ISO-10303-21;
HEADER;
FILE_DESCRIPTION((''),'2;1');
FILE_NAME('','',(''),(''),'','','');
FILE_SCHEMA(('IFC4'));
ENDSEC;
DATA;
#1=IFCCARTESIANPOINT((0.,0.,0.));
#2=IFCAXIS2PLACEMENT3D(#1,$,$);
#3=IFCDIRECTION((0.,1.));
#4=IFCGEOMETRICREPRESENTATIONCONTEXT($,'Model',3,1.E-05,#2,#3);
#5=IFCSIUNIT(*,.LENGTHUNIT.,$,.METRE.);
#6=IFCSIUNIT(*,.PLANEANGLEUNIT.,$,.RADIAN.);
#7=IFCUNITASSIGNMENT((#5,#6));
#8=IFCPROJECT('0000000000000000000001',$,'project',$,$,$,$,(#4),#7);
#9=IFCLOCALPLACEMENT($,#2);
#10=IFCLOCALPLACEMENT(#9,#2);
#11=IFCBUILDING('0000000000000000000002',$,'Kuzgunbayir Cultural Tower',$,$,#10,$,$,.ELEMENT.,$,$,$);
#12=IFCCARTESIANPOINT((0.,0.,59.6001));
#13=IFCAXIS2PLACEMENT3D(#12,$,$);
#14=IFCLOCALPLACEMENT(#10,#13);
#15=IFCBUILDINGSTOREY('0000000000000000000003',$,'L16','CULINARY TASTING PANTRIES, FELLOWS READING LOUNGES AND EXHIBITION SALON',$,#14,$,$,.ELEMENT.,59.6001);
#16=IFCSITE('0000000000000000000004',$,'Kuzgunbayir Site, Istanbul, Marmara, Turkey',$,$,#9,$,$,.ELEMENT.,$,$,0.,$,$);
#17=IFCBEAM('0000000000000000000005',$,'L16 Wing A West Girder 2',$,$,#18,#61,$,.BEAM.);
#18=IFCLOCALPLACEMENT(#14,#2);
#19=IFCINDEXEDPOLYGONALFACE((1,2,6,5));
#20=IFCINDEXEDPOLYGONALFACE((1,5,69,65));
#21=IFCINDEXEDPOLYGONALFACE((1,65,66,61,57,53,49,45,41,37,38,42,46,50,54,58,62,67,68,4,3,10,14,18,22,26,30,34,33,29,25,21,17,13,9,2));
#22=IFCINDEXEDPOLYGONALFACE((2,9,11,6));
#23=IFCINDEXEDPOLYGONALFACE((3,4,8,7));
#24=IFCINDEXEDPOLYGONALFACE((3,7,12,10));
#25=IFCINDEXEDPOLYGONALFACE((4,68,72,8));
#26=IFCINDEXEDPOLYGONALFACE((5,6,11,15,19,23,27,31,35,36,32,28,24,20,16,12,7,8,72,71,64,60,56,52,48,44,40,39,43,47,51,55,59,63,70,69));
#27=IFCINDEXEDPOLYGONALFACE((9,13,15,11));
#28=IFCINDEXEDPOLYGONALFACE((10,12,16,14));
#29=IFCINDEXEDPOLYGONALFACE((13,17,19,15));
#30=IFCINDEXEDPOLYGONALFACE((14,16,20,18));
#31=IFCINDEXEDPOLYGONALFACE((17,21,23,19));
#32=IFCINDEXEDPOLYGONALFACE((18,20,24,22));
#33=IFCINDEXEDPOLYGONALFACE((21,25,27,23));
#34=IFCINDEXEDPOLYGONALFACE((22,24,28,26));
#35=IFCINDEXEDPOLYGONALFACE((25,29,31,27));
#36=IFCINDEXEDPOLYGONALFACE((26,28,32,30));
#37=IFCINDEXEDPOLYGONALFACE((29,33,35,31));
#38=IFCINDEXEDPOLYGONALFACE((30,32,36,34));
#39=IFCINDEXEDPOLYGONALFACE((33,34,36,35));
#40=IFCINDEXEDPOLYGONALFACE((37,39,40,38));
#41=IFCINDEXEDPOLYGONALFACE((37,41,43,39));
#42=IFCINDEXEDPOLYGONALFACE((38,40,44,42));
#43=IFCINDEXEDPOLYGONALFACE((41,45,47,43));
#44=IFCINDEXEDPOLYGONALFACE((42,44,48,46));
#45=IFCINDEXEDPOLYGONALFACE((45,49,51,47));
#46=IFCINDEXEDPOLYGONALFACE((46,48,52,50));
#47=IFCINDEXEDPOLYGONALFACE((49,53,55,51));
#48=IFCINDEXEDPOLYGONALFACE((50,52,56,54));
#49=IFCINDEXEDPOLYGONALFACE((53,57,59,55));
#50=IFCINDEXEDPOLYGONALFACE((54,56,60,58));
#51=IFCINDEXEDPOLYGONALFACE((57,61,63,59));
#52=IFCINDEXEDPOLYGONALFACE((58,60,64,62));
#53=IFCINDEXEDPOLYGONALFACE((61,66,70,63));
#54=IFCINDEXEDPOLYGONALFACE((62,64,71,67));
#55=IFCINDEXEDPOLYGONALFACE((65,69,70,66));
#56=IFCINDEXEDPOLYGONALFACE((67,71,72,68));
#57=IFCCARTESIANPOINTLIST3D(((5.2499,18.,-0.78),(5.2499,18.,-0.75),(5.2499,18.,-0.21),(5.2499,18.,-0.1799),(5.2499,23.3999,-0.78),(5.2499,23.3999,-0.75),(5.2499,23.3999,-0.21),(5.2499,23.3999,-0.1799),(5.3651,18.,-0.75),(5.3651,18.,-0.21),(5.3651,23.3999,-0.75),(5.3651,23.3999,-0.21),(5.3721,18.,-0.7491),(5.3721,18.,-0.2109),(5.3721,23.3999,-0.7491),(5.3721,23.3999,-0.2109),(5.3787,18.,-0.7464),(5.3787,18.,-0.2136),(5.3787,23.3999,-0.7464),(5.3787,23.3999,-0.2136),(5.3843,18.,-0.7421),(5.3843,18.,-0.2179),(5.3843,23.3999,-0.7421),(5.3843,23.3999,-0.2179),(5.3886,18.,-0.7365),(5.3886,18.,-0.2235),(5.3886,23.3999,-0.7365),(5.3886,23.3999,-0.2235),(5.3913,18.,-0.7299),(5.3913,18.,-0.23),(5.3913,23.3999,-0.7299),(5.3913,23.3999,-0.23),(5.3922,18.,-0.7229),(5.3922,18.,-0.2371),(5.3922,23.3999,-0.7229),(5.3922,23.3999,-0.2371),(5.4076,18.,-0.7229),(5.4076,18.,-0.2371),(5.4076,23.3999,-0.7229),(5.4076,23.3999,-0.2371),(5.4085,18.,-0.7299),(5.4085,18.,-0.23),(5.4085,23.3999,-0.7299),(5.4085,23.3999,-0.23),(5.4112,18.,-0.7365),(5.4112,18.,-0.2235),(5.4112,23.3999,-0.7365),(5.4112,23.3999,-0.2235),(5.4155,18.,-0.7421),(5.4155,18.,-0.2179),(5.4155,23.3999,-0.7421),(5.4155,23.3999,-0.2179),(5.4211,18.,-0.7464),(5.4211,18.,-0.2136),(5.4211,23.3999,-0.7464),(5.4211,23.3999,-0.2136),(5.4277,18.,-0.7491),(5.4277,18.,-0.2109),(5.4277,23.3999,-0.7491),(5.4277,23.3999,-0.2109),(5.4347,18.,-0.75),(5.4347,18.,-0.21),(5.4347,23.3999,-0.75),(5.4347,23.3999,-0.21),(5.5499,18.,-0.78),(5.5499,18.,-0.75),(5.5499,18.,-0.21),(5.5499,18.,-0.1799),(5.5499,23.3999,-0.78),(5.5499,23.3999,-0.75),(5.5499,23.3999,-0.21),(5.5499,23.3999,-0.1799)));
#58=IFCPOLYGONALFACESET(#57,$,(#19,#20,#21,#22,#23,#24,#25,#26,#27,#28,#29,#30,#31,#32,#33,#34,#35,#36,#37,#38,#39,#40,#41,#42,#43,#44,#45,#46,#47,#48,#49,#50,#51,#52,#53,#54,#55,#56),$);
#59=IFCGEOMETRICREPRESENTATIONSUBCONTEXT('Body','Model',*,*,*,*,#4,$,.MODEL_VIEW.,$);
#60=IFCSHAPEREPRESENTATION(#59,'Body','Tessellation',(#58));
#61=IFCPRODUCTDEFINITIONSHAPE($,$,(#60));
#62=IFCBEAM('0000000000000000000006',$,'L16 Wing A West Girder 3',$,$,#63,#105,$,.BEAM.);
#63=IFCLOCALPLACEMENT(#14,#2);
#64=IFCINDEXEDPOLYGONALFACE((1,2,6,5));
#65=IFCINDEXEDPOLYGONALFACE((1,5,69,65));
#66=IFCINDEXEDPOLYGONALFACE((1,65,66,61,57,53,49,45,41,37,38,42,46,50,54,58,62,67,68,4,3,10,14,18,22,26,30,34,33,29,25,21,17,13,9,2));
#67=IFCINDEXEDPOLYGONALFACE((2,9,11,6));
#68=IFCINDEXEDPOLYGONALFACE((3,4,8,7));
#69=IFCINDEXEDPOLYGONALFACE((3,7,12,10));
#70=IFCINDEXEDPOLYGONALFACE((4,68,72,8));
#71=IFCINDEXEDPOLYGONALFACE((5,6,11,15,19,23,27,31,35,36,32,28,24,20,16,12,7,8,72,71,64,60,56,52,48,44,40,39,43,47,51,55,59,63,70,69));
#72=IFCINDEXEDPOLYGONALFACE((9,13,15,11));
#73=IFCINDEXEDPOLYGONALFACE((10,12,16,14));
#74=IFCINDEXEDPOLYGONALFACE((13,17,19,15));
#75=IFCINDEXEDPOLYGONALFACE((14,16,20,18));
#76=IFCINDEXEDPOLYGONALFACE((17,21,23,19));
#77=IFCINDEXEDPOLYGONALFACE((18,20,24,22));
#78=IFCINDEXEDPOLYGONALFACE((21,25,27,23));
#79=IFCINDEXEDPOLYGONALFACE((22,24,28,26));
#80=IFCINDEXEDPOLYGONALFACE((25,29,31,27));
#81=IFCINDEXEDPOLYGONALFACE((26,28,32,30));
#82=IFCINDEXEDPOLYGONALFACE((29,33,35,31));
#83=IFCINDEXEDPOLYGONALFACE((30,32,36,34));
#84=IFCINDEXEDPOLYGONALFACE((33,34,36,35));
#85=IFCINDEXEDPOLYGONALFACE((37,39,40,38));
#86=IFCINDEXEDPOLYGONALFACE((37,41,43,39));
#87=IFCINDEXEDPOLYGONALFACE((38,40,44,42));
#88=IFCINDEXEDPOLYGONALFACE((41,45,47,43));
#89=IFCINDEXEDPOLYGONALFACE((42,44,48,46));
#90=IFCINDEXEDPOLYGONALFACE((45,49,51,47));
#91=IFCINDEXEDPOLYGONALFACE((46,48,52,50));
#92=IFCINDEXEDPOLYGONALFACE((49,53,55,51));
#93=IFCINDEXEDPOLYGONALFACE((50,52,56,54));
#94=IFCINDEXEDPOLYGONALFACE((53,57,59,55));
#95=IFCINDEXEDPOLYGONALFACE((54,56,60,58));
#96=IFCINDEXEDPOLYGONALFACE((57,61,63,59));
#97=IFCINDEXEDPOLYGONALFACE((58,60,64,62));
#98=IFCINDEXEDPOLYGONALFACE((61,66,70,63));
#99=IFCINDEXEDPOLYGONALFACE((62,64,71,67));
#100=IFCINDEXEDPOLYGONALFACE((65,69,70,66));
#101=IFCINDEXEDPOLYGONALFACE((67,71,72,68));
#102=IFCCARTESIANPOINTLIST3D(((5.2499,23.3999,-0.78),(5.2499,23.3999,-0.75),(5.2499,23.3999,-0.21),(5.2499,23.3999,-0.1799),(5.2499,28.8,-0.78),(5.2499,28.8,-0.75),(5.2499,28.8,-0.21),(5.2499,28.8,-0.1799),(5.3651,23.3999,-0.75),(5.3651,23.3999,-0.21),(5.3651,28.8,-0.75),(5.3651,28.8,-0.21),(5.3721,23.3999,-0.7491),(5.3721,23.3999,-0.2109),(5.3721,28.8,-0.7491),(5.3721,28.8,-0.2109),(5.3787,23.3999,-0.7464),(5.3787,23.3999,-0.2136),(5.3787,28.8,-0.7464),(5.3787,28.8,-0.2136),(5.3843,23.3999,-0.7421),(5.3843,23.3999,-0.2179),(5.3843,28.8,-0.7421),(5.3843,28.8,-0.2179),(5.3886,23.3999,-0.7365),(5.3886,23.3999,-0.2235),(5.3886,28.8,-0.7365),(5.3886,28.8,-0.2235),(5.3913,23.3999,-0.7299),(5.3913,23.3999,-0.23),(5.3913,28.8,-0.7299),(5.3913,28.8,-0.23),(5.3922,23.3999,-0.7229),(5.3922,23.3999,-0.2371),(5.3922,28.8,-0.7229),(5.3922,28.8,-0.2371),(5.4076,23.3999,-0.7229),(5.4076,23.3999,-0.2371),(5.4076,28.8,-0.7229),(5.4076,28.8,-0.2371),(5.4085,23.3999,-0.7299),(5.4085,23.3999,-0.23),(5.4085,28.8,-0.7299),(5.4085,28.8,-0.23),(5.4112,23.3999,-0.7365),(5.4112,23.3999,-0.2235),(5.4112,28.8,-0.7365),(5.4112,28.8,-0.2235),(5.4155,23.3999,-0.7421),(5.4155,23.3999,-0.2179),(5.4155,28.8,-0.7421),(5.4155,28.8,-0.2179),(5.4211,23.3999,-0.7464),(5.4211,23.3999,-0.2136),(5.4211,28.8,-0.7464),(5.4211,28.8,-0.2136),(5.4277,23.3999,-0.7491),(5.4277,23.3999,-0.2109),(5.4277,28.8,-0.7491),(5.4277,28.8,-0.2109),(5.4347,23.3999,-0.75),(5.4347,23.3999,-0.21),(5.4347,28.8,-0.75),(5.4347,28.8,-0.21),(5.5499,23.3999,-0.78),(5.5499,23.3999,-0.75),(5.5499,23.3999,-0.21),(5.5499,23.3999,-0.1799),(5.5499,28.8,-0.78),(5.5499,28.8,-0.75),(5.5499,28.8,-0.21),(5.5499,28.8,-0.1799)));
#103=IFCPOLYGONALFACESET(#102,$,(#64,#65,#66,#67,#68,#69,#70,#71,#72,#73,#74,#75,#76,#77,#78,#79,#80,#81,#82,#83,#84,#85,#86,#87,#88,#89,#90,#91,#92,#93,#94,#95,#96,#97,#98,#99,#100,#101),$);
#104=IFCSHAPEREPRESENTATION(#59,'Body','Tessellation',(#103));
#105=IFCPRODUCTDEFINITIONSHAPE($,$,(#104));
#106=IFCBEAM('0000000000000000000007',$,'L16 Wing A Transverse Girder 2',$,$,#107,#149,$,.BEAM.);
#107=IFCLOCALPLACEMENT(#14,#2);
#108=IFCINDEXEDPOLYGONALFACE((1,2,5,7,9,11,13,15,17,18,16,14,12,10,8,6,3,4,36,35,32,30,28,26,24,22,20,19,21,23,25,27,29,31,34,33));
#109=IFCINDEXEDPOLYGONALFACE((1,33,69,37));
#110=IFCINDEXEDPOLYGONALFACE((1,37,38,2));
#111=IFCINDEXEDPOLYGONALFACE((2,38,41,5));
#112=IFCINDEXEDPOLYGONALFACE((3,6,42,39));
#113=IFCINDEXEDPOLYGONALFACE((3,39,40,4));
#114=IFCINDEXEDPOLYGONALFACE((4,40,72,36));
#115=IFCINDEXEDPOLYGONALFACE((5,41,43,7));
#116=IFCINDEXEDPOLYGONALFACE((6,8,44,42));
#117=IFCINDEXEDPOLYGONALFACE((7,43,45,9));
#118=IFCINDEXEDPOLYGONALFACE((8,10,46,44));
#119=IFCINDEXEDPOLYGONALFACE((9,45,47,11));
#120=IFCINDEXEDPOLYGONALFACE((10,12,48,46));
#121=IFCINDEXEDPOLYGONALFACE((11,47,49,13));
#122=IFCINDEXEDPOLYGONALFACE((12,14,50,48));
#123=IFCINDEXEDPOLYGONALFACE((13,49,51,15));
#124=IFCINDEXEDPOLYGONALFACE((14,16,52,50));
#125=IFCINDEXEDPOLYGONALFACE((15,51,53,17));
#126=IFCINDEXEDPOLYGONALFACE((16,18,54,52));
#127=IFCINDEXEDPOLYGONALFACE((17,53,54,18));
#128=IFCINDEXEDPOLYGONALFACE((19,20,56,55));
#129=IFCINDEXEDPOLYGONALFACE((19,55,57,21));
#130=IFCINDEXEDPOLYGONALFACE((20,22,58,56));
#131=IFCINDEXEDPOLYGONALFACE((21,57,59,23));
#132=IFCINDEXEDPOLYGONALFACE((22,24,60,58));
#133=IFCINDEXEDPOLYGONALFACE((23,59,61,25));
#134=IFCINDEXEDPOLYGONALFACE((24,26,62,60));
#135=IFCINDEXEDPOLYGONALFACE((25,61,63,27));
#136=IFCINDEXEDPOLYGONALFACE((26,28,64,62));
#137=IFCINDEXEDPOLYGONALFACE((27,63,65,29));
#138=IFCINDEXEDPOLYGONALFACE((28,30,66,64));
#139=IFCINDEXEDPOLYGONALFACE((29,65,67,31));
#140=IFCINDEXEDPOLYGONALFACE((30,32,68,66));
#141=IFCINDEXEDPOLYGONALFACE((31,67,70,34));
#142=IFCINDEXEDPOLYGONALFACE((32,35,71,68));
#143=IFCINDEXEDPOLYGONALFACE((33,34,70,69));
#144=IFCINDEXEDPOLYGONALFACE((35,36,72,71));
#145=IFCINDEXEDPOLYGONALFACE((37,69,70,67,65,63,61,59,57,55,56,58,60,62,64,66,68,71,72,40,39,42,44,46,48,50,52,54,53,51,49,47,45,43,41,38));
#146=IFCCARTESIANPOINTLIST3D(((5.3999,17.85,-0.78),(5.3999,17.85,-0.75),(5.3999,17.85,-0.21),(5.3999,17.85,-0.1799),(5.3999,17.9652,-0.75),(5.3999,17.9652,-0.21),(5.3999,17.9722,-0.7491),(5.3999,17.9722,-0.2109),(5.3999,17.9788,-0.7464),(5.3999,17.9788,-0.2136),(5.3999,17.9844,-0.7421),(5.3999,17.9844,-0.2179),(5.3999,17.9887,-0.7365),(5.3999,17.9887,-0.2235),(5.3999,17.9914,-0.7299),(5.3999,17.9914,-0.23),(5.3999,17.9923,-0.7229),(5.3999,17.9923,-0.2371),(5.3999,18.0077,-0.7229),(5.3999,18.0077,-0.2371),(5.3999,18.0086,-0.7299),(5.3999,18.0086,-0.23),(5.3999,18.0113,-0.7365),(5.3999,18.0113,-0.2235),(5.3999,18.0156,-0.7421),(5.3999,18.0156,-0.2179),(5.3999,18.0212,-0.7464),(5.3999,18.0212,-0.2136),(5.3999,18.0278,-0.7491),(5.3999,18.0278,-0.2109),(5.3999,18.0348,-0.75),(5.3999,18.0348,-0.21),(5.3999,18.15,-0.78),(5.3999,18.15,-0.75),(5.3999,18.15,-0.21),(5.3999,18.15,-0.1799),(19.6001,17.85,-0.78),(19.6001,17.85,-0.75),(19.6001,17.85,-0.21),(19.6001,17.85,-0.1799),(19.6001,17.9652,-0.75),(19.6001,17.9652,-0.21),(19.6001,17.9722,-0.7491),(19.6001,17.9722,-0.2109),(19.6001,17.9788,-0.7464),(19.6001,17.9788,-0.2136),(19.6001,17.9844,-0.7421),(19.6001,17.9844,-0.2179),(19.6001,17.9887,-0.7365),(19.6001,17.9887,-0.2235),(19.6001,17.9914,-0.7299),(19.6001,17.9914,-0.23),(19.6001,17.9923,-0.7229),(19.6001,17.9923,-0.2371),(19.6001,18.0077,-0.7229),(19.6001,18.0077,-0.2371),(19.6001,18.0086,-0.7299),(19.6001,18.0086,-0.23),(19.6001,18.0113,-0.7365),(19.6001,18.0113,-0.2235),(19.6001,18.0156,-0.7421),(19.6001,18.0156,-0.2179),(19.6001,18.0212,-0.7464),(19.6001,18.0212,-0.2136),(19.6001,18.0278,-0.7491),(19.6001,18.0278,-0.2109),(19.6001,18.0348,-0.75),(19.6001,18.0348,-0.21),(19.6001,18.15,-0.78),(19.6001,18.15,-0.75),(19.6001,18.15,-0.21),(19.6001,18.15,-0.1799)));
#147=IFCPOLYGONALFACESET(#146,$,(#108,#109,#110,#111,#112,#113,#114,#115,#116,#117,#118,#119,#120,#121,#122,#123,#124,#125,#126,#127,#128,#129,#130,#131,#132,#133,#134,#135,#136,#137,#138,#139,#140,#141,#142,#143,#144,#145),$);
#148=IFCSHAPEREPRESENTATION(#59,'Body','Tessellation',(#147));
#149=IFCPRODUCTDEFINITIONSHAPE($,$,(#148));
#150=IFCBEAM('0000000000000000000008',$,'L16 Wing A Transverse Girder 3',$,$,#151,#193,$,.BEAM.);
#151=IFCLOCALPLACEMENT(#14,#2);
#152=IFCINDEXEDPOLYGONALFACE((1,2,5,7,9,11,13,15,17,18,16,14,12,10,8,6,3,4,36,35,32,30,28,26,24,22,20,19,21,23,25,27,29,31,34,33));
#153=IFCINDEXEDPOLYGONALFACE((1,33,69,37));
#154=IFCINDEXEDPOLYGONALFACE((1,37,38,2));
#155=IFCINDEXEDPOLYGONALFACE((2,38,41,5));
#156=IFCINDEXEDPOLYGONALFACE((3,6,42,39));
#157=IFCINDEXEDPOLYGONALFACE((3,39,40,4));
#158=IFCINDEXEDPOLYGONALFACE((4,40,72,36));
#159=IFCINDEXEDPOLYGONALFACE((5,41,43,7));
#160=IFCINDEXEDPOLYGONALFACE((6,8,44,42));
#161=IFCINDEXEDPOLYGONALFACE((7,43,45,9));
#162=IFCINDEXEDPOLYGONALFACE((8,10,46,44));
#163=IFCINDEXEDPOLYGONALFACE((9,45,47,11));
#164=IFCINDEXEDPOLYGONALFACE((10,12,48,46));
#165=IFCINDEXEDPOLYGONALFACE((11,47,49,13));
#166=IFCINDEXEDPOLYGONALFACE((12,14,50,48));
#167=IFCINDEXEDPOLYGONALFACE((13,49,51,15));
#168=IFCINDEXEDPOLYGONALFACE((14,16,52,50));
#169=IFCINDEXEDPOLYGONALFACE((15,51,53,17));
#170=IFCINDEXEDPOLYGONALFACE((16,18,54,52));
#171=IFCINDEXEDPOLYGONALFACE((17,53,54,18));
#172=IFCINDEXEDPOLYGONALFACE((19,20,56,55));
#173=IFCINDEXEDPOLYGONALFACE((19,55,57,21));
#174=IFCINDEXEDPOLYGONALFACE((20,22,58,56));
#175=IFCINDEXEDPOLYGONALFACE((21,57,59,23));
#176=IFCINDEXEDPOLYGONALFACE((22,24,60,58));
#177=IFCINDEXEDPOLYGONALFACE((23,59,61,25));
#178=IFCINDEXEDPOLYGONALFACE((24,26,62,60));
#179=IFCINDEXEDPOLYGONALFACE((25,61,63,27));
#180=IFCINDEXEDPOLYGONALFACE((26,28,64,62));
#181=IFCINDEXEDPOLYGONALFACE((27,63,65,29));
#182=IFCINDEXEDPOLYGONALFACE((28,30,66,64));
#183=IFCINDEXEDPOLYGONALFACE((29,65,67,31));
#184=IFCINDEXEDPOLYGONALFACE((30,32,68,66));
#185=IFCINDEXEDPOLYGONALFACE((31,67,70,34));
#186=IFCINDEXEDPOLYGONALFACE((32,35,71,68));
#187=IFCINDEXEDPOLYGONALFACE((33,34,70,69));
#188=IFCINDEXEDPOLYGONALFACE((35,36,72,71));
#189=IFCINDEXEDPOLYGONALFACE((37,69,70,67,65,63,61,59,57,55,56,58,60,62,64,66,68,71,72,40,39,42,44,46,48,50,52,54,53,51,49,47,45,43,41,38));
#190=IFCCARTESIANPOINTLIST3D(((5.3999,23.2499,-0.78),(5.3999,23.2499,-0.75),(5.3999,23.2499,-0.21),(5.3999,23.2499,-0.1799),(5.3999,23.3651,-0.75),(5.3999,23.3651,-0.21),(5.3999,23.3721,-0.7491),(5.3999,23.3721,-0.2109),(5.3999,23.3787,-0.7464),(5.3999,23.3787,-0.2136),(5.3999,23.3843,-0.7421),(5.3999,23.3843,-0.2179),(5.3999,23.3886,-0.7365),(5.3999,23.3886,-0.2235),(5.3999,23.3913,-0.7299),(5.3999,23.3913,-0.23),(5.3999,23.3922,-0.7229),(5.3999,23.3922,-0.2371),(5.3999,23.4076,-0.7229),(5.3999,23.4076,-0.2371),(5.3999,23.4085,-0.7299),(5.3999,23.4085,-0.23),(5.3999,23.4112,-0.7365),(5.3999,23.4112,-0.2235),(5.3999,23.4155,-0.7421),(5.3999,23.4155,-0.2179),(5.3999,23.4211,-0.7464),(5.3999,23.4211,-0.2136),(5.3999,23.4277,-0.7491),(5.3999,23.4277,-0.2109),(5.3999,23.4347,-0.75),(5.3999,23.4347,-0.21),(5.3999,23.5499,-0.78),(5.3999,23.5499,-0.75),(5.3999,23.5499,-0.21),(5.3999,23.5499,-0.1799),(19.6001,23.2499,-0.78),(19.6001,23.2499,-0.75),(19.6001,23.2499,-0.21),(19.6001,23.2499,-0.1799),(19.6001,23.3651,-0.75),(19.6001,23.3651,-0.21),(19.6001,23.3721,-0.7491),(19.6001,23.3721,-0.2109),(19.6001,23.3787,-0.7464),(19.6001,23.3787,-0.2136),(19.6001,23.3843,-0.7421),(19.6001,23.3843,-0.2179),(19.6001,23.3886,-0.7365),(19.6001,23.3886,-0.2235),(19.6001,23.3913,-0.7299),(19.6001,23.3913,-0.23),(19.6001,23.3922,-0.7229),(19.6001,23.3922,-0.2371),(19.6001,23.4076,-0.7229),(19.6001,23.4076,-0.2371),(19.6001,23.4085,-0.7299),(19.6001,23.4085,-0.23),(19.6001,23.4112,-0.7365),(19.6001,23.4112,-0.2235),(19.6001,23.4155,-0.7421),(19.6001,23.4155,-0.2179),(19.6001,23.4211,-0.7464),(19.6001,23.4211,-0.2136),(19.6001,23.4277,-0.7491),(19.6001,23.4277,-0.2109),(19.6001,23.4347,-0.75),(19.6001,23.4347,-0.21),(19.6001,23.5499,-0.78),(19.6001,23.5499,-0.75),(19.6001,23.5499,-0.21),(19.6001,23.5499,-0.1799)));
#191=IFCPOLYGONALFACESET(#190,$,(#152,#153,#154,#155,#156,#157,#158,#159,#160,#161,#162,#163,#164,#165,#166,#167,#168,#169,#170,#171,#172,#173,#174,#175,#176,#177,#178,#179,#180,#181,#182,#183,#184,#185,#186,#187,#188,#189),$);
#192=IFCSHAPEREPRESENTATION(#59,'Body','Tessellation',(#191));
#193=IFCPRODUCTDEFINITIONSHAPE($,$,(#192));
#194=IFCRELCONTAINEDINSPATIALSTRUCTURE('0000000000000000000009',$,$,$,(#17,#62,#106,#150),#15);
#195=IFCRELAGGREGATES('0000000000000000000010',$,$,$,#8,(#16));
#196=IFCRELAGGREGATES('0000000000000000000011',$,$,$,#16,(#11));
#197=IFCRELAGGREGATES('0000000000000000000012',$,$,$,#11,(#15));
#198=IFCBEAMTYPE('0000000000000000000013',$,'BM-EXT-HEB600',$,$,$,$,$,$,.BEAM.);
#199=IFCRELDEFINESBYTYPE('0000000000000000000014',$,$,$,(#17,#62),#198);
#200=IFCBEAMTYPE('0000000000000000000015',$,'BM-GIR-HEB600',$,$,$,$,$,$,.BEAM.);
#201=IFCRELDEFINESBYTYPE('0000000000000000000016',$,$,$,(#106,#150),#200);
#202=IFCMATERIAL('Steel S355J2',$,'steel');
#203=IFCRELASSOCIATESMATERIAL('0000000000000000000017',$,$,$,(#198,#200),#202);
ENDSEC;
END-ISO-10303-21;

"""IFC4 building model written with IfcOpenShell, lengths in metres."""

from ifc_helpers import new_model, si_unit, direction, frame, origin, origin_2d, place, context, subcontext, project, spatial, i_section, extrude, material, material_profile, profile_set, type_object, element, save


model = new_model("IFC4")

# Units and contexts
model_context = context("Model", 3, precision=1e-05, world=origin(), true_north=direction((0.0, 1.0)))
body_context = subcontext(model_context, "Body", "Model", "MODEL_VIEW")
ifc_project = project(units=[si_unit("LENGTHUNIT", "METRE"), si_unit("PLANEANGLEUNIT", "RADIAN")], contexts=[model_context])

# Site, building, storey
site_placement = place(None, origin())
site = spatial("IfcSite", under=ifc_project, at=site_placement, Name="Kuzgunbayir Site, Istanbul, Marmara, Turkey", CompositionType="ELEMENT", RefElevation=0.0)
building_placement = place(site_placement, origin())
building = spatial("IfcBuilding", under=site, at=building_placement, Name="Kuzgunbayir Cultural Tower", CompositionType="ELEMENT")
storey_placement = place(building_placement, frame((0.0, 0.0, 59.6001)))
storey = spatial("IfcBuildingStorey", under=building, at=storey_placement, Name="L16", Description="CULINARY TASTING PANTRIES, FELLOWS READING LOUNGES AND EXHIBITION SALON", CompositionType="ELEMENT", Elevation=59.6001)

# Beams
ifc_material_1 = material(Name="Steel S355J2", Category="steel")
ifc_material_profile_1 = material_profile(ifc_material_1, i_section(OverallWidth=0.3, OverallDepth=0.6001, WebThickness=0.0154, FlangeThickness=0.03, FilletRadius=0.0271, at=origin_2d()), Name="HEB 600")
ifc_profile_set_1 = profile_set([ifc_material_profile_1], Name="Steel S355J2")
beam_type_1 = type_object("IfcBeamType", Name="BM-EXT-HEB600", PredefinedType="BEAM", material=ifc_profile_set_1)
beam_1_placement = place(storey_placement, frame((5.3999, 18.0, -0.48), z_axis=(0.0, 1.0, 0.0), x_axis=(-1.0, 0.0, 0.0)))
element("IfcBeam", 1, at=beam_1_placement, inside=storey, type_object=beam_type_1, Name="L16 Wing A West Girder 2", PredefinedType="BEAM", context=body_context, shape_type="SweptSolid", body=[
    extrude(i_section(OverallWidth=0.3, OverallDepth=0.6001, WebThickness=0.0154, FlangeThickness=0.03, FilletRadius=0.0271, at=origin_2d()), origin(), (0.0, 0.0, 1.0), 5.3999),
])
beam_2_placement = place(storey_placement, frame((5.3999, 23.3999, -0.48), z_axis=(0.0, 1.0, 0.0), x_axis=(-1.0, 0.0, 0.0)))
element("IfcBeam", 2, at=beam_2_placement, inside=storey, type_object=beam_type_1, Name="L16 Wing A West Girder 3", PredefinedType="BEAM", context=body_context, shape_type="SweptSolid", body=[
    extrude(i_section(OverallWidth=0.3, OverallDepth=0.6001, WebThickness=0.0154, FlangeThickness=0.03, FilletRadius=0.0271, at=origin_2d()), origin(), (0.0, 0.0, 1.0), 5.4001),
])
ifc_material_profile_2 = material_profile(ifc_material_1, i_section(OverallWidth=0.3, OverallDepth=0.6001, WebThickness=0.0154, FlangeThickness=0.03, FilletRadius=0.0271, at=origin_2d()), Name="HEB 600")
ifc_profile_set_2 = profile_set([ifc_material_profile_2], Name="Steel S355J2")
beam_type_2 = type_object("IfcBeamType", Name="BM-GIR-HEB600", PredefinedType="BEAM", material=ifc_profile_set_2)
for number, where, z_axis, x_axis, name in (
    (3, (5.3999, 18.0, -0.48), (1.0, 0.0, 0.0), (0.0, 1.0, 0.0), "L16 Wing A Transverse Girder 2"),
    (4, (5.3999, 23.3999, -0.48), (1.0, 0.0, 0.0), (0.0, 1.0, 0.0), "L16 Wing A Transverse Girder 3"),
):
    element("IfcBeam", number, at=place(storey_placement, frame(where, z_axis=z_axis, x_axis=x_axis)), inside=storey, type_object=beam_type_2, Name=name, PredefinedType="BEAM", context=body_context, shape_type="SweptSolid", body=[
        extrude(i_section(OverallWidth=0.3, OverallDepth=0.6001, WebThickness=0.0154, FlangeThickness=0.03, FilletRadius=0.0271, at=origin_2d()), origin(), (0.0, 0.0, 1.0), 14.2002),
    ])

save(model, "model.ifc")
